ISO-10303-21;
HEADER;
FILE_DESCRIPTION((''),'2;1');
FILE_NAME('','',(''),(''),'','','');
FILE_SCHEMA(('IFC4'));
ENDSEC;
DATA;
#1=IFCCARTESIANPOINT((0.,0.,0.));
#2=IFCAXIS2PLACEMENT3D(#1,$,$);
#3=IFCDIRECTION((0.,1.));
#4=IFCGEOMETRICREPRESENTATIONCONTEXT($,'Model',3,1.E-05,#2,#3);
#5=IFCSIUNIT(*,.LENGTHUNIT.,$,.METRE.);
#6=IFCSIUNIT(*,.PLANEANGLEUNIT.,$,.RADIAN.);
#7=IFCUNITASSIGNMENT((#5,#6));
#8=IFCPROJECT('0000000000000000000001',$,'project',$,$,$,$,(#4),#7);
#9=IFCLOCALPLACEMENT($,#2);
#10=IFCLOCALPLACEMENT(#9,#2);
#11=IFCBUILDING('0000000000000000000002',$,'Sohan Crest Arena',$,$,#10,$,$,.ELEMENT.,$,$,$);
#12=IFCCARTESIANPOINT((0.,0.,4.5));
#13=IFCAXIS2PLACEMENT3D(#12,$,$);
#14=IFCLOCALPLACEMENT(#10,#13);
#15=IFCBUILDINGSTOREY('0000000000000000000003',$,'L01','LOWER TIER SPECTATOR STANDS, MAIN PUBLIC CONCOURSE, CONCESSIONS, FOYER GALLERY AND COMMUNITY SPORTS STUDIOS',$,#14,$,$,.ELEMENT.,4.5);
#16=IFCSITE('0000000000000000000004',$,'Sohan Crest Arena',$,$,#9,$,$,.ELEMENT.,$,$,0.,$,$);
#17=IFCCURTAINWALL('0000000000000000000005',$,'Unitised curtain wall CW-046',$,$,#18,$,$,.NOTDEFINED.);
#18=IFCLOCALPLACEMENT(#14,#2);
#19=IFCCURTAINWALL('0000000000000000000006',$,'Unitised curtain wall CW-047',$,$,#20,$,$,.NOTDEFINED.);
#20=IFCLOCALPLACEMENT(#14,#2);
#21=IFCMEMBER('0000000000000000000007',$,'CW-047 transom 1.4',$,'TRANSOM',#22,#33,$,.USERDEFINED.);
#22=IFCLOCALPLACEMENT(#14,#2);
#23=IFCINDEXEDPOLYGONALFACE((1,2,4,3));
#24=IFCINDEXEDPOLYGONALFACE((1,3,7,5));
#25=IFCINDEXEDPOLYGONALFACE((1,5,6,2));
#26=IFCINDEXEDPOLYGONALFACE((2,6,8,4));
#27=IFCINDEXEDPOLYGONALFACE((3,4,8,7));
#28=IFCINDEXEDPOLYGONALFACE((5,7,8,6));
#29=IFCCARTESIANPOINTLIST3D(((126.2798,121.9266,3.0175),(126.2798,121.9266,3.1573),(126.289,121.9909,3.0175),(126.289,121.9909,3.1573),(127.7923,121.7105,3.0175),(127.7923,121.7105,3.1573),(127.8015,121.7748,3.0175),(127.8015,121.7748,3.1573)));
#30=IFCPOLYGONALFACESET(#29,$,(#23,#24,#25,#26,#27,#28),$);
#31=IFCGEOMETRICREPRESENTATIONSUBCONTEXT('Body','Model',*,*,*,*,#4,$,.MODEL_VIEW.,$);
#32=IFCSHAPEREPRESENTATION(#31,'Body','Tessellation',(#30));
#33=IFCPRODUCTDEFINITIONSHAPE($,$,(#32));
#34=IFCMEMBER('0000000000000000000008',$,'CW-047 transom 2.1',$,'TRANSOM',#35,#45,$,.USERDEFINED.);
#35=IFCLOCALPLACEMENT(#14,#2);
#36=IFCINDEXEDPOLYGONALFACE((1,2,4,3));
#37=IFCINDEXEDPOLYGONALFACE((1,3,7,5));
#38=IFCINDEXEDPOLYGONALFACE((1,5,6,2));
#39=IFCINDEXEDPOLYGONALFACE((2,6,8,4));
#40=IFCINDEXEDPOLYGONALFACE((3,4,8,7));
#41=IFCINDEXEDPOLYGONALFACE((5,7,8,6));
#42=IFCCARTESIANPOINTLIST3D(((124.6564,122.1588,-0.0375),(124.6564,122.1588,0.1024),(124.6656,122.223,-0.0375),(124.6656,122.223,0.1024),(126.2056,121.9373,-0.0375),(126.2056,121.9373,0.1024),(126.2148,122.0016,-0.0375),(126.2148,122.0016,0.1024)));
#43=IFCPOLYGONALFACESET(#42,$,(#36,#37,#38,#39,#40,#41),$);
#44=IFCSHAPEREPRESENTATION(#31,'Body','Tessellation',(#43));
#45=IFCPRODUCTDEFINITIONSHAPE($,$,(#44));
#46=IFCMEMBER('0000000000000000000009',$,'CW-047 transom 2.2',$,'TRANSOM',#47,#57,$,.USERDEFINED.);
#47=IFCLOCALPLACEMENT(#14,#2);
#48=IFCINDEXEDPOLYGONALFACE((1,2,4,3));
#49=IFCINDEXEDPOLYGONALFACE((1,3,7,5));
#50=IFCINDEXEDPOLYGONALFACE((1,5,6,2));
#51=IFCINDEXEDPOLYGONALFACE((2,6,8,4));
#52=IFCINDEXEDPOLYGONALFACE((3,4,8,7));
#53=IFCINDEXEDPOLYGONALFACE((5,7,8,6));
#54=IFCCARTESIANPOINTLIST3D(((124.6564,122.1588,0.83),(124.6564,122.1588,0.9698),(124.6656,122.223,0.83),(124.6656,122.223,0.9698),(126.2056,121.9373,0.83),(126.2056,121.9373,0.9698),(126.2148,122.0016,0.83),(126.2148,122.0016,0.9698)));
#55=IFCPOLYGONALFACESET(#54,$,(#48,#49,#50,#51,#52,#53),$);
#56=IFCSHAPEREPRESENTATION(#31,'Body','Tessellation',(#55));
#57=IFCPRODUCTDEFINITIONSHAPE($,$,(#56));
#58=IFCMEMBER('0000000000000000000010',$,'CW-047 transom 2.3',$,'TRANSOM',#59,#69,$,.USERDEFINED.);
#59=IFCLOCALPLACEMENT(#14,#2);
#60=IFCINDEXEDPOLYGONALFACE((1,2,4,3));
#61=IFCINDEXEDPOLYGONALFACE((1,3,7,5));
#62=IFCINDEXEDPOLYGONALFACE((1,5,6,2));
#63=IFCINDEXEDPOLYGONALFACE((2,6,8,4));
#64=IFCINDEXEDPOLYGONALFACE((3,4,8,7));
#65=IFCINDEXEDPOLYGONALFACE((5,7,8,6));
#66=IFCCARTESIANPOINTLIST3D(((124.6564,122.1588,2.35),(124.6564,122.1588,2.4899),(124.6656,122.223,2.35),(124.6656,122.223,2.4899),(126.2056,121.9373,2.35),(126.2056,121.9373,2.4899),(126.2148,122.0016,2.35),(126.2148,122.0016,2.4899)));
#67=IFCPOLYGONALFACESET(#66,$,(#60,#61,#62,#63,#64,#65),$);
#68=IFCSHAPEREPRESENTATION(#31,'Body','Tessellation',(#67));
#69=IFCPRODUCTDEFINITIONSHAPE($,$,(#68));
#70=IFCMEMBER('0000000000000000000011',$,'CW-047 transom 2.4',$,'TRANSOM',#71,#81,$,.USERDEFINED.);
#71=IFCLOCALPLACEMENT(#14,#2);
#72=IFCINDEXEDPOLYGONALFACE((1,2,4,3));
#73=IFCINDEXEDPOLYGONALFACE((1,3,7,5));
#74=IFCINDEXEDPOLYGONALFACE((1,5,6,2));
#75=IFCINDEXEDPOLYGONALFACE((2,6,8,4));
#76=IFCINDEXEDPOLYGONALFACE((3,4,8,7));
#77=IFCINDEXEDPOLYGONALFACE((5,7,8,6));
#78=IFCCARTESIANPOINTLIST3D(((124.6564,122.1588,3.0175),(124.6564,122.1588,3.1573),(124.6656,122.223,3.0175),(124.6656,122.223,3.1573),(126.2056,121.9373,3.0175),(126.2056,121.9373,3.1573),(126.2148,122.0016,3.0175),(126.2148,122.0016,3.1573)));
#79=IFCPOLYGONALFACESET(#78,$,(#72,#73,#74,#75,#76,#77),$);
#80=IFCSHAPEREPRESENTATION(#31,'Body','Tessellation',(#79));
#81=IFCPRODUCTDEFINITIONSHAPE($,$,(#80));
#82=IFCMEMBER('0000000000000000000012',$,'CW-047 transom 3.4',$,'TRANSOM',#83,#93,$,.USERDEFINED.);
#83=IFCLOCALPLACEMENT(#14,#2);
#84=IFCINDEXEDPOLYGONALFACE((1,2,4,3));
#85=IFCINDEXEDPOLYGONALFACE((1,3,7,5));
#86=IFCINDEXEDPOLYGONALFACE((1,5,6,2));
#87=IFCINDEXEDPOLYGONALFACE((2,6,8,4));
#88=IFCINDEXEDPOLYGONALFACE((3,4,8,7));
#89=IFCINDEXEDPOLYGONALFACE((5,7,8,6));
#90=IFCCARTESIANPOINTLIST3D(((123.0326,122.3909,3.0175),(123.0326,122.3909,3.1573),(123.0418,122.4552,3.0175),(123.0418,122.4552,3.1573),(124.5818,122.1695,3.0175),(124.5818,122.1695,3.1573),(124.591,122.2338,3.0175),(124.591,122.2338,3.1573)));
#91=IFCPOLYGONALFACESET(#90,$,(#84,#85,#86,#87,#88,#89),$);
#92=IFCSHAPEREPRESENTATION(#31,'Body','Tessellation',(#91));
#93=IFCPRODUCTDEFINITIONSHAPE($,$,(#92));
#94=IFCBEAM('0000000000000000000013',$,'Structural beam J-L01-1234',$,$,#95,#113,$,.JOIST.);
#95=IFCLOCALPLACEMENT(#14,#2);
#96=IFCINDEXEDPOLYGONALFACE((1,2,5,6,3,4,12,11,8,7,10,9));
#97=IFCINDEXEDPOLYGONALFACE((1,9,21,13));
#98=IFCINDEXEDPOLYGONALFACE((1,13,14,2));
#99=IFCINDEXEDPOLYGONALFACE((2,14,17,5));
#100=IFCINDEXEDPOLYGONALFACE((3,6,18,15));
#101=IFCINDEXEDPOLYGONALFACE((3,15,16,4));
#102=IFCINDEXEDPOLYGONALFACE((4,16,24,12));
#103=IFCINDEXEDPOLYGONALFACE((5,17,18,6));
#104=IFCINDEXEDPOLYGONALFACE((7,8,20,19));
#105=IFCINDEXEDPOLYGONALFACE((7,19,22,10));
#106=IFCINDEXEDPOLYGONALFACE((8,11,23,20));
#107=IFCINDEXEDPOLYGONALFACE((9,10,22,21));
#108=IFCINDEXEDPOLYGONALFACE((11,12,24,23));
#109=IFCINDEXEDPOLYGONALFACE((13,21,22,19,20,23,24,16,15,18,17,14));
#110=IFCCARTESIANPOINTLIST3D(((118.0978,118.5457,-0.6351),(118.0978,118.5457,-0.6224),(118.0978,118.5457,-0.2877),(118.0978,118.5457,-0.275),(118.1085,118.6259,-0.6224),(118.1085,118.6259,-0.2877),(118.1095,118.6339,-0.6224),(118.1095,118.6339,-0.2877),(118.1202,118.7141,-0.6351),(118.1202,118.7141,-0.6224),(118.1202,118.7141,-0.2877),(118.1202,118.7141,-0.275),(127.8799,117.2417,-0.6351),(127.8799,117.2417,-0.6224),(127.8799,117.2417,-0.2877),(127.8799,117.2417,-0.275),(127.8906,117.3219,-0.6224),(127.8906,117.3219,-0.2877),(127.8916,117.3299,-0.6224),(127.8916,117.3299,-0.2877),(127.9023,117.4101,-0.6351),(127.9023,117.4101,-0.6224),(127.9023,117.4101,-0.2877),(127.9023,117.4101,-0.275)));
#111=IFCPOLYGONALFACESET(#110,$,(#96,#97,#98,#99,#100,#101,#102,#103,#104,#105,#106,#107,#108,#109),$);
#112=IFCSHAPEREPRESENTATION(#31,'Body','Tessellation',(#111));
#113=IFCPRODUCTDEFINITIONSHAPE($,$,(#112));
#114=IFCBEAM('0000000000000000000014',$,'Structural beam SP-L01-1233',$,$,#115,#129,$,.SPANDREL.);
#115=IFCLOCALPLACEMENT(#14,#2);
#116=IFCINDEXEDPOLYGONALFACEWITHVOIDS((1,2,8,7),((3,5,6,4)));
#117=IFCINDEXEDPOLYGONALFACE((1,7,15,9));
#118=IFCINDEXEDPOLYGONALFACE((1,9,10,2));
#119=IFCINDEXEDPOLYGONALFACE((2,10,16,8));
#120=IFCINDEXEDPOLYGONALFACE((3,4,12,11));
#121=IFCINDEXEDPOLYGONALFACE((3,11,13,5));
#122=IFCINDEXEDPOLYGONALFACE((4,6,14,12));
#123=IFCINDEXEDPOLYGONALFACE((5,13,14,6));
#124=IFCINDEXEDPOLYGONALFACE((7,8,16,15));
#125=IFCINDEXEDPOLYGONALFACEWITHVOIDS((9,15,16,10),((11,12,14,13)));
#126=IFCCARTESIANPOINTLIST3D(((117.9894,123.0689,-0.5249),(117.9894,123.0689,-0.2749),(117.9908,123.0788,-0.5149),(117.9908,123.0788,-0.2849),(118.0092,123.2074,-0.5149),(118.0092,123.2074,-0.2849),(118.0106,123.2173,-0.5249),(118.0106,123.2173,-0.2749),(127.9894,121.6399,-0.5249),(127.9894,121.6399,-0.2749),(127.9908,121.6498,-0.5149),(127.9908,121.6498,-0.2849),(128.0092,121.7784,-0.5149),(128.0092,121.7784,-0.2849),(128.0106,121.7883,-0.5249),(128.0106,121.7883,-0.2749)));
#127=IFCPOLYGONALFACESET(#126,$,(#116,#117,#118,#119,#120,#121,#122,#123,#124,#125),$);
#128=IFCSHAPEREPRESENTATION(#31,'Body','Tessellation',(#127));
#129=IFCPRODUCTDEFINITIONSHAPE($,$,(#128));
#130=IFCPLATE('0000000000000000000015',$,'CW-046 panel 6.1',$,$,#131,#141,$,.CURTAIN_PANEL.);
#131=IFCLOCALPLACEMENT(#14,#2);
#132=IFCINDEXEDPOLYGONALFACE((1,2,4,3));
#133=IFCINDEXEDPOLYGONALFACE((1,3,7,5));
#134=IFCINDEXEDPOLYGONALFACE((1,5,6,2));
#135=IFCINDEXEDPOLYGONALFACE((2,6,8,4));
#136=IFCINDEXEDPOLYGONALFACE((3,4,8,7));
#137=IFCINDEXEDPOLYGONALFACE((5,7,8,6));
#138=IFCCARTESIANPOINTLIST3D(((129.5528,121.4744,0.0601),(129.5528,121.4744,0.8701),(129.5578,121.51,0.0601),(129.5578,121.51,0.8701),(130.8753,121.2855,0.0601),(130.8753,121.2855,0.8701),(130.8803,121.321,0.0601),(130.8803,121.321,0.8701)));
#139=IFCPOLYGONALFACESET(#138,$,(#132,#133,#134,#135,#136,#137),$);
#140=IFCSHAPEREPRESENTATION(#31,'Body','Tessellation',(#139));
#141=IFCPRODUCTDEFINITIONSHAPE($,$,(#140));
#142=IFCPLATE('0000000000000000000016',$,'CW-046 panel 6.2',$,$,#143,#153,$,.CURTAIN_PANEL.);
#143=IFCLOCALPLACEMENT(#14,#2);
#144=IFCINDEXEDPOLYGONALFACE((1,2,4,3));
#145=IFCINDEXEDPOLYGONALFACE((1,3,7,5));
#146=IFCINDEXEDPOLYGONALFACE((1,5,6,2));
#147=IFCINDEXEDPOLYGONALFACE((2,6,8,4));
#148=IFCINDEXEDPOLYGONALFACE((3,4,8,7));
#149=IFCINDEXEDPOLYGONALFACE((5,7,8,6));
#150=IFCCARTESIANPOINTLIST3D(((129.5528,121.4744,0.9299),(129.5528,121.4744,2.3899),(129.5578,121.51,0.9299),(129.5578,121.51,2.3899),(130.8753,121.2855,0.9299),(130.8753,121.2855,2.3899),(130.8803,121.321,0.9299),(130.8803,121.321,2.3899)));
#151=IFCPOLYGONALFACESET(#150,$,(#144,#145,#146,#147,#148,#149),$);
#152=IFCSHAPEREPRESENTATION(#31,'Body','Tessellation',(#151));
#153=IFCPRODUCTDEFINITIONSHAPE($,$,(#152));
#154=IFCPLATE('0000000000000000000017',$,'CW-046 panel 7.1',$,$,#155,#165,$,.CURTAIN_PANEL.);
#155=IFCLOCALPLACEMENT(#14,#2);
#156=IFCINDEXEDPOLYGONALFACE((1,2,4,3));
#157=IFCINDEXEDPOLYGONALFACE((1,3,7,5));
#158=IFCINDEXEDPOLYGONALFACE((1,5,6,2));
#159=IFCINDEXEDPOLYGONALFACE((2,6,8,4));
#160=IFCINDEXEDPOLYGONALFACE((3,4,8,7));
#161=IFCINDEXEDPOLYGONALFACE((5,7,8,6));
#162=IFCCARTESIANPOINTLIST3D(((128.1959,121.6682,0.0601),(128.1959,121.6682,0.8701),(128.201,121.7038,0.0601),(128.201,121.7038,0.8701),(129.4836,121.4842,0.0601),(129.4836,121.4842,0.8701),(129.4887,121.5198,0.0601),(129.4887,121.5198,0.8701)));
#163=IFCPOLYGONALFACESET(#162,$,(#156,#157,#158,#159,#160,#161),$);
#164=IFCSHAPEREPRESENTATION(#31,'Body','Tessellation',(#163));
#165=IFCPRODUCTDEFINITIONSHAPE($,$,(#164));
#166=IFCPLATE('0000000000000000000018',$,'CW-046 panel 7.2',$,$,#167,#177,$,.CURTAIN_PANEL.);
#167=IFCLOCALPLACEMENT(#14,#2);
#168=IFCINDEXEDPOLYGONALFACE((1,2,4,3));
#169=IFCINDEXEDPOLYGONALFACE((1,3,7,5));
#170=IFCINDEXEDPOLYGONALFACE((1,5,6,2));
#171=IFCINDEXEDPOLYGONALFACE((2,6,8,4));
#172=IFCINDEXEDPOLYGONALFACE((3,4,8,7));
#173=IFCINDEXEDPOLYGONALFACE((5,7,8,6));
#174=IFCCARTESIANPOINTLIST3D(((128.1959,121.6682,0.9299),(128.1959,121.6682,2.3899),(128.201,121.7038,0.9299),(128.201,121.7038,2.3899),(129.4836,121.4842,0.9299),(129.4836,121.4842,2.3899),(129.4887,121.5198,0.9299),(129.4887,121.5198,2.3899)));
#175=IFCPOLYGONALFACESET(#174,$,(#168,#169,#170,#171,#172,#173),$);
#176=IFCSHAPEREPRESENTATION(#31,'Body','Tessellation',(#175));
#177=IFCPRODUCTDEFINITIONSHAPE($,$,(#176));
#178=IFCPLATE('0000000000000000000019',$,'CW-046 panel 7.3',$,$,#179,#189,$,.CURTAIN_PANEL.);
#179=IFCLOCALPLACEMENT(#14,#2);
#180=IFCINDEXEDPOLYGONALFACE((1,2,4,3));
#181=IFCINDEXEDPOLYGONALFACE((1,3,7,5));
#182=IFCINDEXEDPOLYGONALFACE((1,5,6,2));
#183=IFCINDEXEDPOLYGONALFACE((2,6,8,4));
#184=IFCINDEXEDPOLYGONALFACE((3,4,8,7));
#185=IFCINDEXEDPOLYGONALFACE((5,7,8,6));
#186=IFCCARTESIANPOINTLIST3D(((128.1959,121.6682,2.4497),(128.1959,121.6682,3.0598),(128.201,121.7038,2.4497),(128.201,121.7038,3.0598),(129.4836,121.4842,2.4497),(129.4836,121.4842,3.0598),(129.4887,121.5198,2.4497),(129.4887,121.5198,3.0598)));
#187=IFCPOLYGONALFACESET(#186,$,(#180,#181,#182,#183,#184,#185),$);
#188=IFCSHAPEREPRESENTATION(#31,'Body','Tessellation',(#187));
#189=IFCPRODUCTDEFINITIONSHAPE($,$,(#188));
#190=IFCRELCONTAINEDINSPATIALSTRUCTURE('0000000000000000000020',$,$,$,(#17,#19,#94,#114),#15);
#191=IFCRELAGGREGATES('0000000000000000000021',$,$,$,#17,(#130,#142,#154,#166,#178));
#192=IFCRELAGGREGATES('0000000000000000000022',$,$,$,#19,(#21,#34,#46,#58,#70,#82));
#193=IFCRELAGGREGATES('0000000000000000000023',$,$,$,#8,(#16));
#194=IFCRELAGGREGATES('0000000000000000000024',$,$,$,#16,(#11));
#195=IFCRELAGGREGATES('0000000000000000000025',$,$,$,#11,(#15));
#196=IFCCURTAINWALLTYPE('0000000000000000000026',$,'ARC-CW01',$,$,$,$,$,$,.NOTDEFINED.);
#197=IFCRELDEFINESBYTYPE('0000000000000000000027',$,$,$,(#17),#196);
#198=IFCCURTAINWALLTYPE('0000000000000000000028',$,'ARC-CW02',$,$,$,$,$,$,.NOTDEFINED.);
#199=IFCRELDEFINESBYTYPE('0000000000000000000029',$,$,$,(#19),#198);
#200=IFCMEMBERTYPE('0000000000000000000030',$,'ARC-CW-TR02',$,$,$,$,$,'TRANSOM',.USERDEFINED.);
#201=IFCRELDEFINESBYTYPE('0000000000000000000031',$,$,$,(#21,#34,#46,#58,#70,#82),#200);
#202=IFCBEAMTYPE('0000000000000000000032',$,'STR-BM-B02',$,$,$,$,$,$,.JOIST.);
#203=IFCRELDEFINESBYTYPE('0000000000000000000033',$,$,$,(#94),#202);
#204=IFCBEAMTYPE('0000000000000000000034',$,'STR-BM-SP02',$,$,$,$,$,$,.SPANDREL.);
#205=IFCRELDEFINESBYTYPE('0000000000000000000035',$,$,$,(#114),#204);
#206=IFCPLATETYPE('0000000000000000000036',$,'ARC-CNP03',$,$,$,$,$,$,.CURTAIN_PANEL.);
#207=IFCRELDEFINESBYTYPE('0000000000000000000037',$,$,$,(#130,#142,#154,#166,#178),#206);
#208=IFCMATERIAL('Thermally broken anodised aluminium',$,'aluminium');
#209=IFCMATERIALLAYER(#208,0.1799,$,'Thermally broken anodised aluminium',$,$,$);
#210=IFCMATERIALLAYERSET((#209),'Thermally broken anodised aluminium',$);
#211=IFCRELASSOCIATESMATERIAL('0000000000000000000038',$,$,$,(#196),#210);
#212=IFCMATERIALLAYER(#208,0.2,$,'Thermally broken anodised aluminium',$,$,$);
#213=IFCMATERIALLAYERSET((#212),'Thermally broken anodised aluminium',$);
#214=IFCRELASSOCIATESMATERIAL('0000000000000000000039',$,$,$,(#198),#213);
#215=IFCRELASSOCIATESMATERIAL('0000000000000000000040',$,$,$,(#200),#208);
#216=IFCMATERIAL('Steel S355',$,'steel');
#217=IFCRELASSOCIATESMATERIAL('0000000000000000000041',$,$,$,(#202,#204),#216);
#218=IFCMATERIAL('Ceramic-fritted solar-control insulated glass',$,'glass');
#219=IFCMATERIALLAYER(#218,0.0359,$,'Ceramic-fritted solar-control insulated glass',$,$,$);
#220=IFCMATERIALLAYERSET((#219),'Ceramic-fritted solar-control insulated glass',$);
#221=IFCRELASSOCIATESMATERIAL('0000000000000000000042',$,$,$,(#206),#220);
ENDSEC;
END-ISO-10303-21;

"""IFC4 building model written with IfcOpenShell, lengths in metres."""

from ifc_helpers import new_model, si_unit, direction, frame, origin, origin_2d, place, context, subcontext, project, spatial, rectangle, hollow_rectangle, i_section, extrude, material, layer, layer_set, material_profile, profile_set, type_object, element, aggregate, save


model = new_model("IFC4")

# Units and contexts
model_context = context("Model", 3, precision=1e-05, world=origin(), true_north=direction((0.0, 1.0)))
body_context = subcontext(model_context, "Body", "Model", "MODEL_VIEW")
ifc_project = project(units=[si_unit("LENGTHUNIT", "METRE"), si_unit("PLANEANGLEUNIT", "RADIAN")], contexts=[model_context])

# Site, building, storey
site_placement = place(None, origin())
site = spatial("IfcSite", under=ifc_project, at=site_placement, Name="Sohan Crest Arena", CompositionType="ELEMENT", RefElevation=0.0)
building_placement = place(site_placement, origin())
building = spatial("IfcBuilding", under=site, at=building_placement, Name="Sohan Crest Arena", CompositionType="ELEMENT")
storey_placement = place(building_placement, frame((0.0, 0.0, 4.5)))
storey = spatial("IfcBuildingStorey", under=building, at=storey_placement, Name="L01", Description="LOWER TIER SPECTATOR STANDS, MAIN PUBLIC CONCOURSE, CONCESSIONS, FOYER GALLERY AND COMMUNITY SPORTS STUDIOS", CompositionType="ELEMENT", Elevation=4.5)

# Shared definitions
ifc_material_1 = material(Name="Steel S355", Category="steel")

# Curtain walls
ifc_material_2 = material(Name="Thermally broken anodised aluminium", Category="aluminium")
ifc_layer_1 = layer(ifc_material_2, 0.1799, Name="Thermally broken anodised aluminium")
ifc_layer_set_1 = layer_set([ifc_layer_1], Name="Thermally broken anodised aluminium")
curtain_wall_type_1 = type_object("IfcCurtainWallType", Name="ARC-CW01", PredefinedType="NOTDEFINED", material=ifc_layer_set_1)
curtain_wall_1_placement = place(storey_placement, origin())
curtain_wall_1 = element("IfcCurtainWall", 1, at=curtain_wall_1_placement, inside=storey, type_object=curtain_wall_type_1, Name="Unitised curtain wall CW-046", PredefinedType="NOTDEFINED")
ifc_layer_2 = layer(ifc_material_2, 0.2, Name="Thermally broken anodised aluminium")
ifc_layer_set_2 = layer_set([ifc_layer_2], Name="Thermally broken anodised aluminium")
curtain_wall_type_2 = type_object("IfcCurtainWallType", Name="ARC-CW02", PredefinedType="NOTDEFINED", material=ifc_layer_set_2)
curtain_wall_2_placement = place(storey_placement, origin())
curtain_wall_2 = element("IfcCurtainWall", 2, at=curtain_wall_2_placement, inside=storey, type_object=curtain_wall_type_2, Name="Unitised curtain wall CW-047", PredefinedType="NOTDEFINED")

# Members
ifc_material_profile_1 = material_profile(ifc_material_2, rectangle(XDim=0.0649, YDim=0.1399, at=origin_2d()), Name="ALU-TRAN 65x140")
ifc_profile_set_1 = profile_set([ifc_material_profile_1], Name="Thermally broken anodised aluminium")
member_type_1 = type_object("IfcMemberType", Name="ARC-CW-TR02", ElementType="TRANSOM", PredefinedType="USERDEFINED", material=ifc_profile_set_1)
member_1_placement = place(storey_placement, frame((127.7969, 121.7427, 3.0874), z_axis=(-0.989949, 0.141421, 0.0), x_axis=(-0.141421, -0.989949, 0.0)))
member_1 = element("IfcMember", 3, at=member_1_placement, type_object=member_type_1, Name="CW-047 transom 1.4", ObjectType="TRANSOM", PredefinedType="USERDEFINED", context=body_context, shape_type="SweptSolid", body=[
    extrude(rectangle(XDim=0.0649, YDim=0.1399, at=origin_2d()), origin(), (0.0, 0.0, 1.0), 1.5278),
])
member_2_placement = place(storey_placement, frame((126.2102, 121.9695, 0.0325), z_axis=(-0.98994, 0.141487, 0.0), x_axis=(-0.141487, -0.98994, 0.0)))
member_2 = element("IfcMember", 4, at=member_2_placement, type_object=member_type_1, Name="CW-047 transom 2.1", ObjectType="TRANSOM", PredefinedType="USERDEFINED", context=body_context, shape_type="SweptSolid", body=[
    extrude(rectangle(XDim=0.0649, YDim=0.1399, at=origin_2d()), origin(), (0.0, 0.0, 1.0), 1.5649),
])
member_3_placement = place(storey_placement, frame((126.2102, 121.9695, 0.8999), z_axis=(-0.98994, 0.141487, 0.0), x_axis=(-0.141487, -0.98994, 0.0)))
member_3 = element("IfcMember", 5, at=member_3_placement, type_object=member_type_1, Name="CW-047 transom 2.2", ObjectType="TRANSOM", PredefinedType="USERDEFINED", context=body_context, shape_type="SweptSolid", body=[
    extrude(rectangle(XDim=0.0649, YDim=0.1399, at=origin_2d()), origin(), (0.0, 0.0, 1.0), 1.5649),
])
member_4_placement = place(storey_placement, frame((126.2102, 121.9695, 2.4199), z_axis=(-0.98994, 0.141487, 0.0), x_axis=(-0.141487, -0.98994, 0.0)))
member_4 = element("IfcMember", 6, at=member_4_placement, type_object=member_type_1, Name="CW-047 transom 2.3", ObjectType="TRANSOM", PredefinedType="USERDEFINED", context=body_context, shape_type="SweptSolid", body=[
    extrude(rectangle(XDim=0.0649, YDim=0.1399, at=origin_2d()), origin(), (0.0, 0.0, 1.0), 1.5649),
])
member_5_placement = place(storey_placement, frame((126.2102, 121.9695, 3.0874), z_axis=(-0.98994, 0.141487, 0.0), x_axis=(-0.141487, -0.98994, 0.0)))
member_5 = element("IfcMember", 7, at=member_5_placement, type_object=member_type_1, Name="CW-047 transom 2.4", ObjectType="TRANSOM", PredefinedType="USERDEFINED", context=body_context, shape_type="SweptSolid", body=[
    extrude(rectangle(XDim=0.0649, YDim=0.1399, at=origin_2d()), origin(), (0.0, 0.0, 1.0), 1.5649),
])
member_6_placement = place(storey_placement, frame((124.5864, 122.2017, 3.0874), z_axis=(-0.98994, 0.141487, 0.0), x_axis=(-0.141487, -0.98994, 0.0)))
member_6 = element("IfcMember", 8, at=member_6_placement, type_object=member_type_1, Name="CW-047 transom 3.4", ObjectType="TRANSOM", PredefinedType="USERDEFINED", context=body_context, shape_type="SweptSolid", body=[
    extrude(rectangle(XDim=0.0649, YDim=0.1399, at=origin_2d()), origin(), (0.0, 0.0, 1.0), 1.5649),
])

# Beams
ifc_material_profile_2 = material_profile(ifc_material_1, i_section(OverallWidth=0.1699, OverallDepth=0.3601, WebThickness=0.0081, FlangeThickness=0.0127, at=origin_2d()), Name="IPE 360")
ifc_profile_set_2 = profile_set([ifc_material_profile_2], Name="Steel S355")
beam_type_1 = type_object("IfcBeamType", Name="STR-BM-B02", PredefinedType="JOIST", material=ifc_profile_set_2)
beam_1_placement = place(storey_placement, frame((127.8911, 117.3259, -0.4551), z_axis=(-0.991232, 0.13213, 0.0), x_axis=(-0.13213, -0.991232, 0.0)))
element("IfcBeam", 9, at=beam_1_placement, inside=storey, type_object=beam_type_1, Name="Structural beam J-L01-1234", PredefinedType="JOIST", context=body_context, shape_type="SweptSolid", body=[
    extrude(i_section(OverallWidth=0.1699, OverallDepth=0.3601, WebThickness=0.0081, FlangeThickness=0.0127, at=origin_2d()), origin(), (0.0, 0.0, 1.0), 9.8687),
])
ifc_material_profile_3 = material_profile(ifc_material_1, hollow_rectangle(XDim=0.1499, YDim=0.25, WallThickness=0.01, at=origin_2d()), Name="RHS 250x150x10")
ifc_profile_set_3 = profile_set([ifc_material_profile_3], Name="Steel S355")
beam_type_2 = type_object("IfcBeamType", Name="STR-BM-SP02", PredefinedType="SPANDREL", material=ifc_profile_set_3)
beam_2_placement = place(storey_placement, frame((128.0, 121.7141, -0.3999), z_axis=(-0.989944, 0.141459, 0.0), x_axis=(-0.141459, -0.989944, 0.0)))
element("IfcBeam", 10, at=beam_2_placement, inside=storey, type_object=beam_type_2, Name="Structural beam SP-L01-1233", PredefinedType="SPANDREL", context=body_context, shape_type="SweptSolid", body=[
    extrude(hollow_rectangle(XDim=0.1499, YDim=0.25, WallThickness=0.01, at=origin_2d()), origin(), (0.0, 0.0, 1.0), 10.1016),
])

# Plates
ifc_material_3 = material(Name="Ceramic-fritted solar-control insulated glass", Category="glass")
ifc_layer_3 = layer(ifc_material_3, 0.0359, Name="Ceramic-fritted solar-control insulated glass")
ifc_layer_set_3 = layer_set([ifc_layer_3], Name="Ceramic-fritted solar-control insulated glass")
plate_type_1 = type_object("IfcPlateType", Name="ARC-CNP03", PredefinedType="CURTAIN_PANEL", material=ifc_layer_set_3)
plate_1_placement = place(storey_placement, frame((130.2166, 121.3977, 0.0601), z_axis=(0.0, 0.0, 1.0), x_axis=(-0.989945, 0.14145, 0.0)))
plate_1 = element("IfcPlate", 11, at=plate_1_placement, type_object=plate_type_1, Name="CW-046 panel 6.1", PredefinedType="CURTAIN_PANEL", context=body_context, shape_type="SweptSolid", body=[
    extrude(rectangle(XDim=1.3359, YDim=0.0359, at=origin_2d()), origin(), (0.0, 0.0, 1.0), 0.8101),
])
plate_2_placement = place(storey_placement, frame((130.2166, 121.3977, 0.9299), z_axis=(0.0, 0.0, 1.0), x_axis=(-0.989945, 0.14145, 0.0)))
plate_2 = element("IfcPlate", 12, at=plate_2_placement, type_object=plate_type_1, Name="CW-046 panel 6.2", PredefinedType="CURTAIN_PANEL", context=body_context, shape_type="SweptSolid", body=[
    extrude(rectangle(XDim=1.3359, YDim=0.0359, at=origin_2d()), origin(), (0.0, 0.0, 1.0), 1.46),
])
plate_3_placement = place(storey_placement, frame((128.8423, 121.594, 0.0601), z_axis=(0.0, 0.0, 1.0), x_axis=(-0.989945, 0.14145, 0.0)))
plate_3 = element("IfcPlate", 13, at=plate_3_placement, type_object=plate_type_1, Name="CW-046 panel 7.1", PredefinedType="CURTAIN_PANEL", context=body_context, shape_type="SweptSolid", body=[
    extrude(rectangle(XDim=1.3008, YDim=0.0359, at=origin_2d()), origin(), (0.0, 0.0, 1.0), 0.8101),
])
plate_4_placement = place(storey_placement, frame((128.8423, 121.594, 0.9299), z_axis=(0.0, 0.0, 1.0), x_axis=(-0.989945, 0.14145, 0.0)))
plate_4 = element("IfcPlate", 14, at=plate_4_placement, type_object=plate_type_1, Name="CW-046 panel 7.2", PredefinedType="CURTAIN_PANEL", context=body_context, shape_type="SweptSolid", body=[
    extrude(rectangle(XDim=1.3008, YDim=0.0359, at=origin_2d()), origin(), (0.0, 0.0, 1.0), 1.46),
])
plate_5_placement = place(storey_placement, frame((128.8423, 121.594, 2.4497), z_axis=(0.0, 0.0, 1.0), x_axis=(-0.989945, 0.14145, 0.0)))
plate_5 = element("IfcPlate", 15, at=plate_5_placement, type_object=plate_type_1, Name="CW-046 panel 7.3", PredefinedType="CURTAIN_PANEL", context=body_context, shape_type="SweptSolid", body=[
    extrude(rectangle(XDim=1.3008, YDim=0.0359, at=origin_2d()), origin(), (0.0, 0.0, 1.0), 0.6101),
])
aggregate(curtain_wall_1, [plate_1, plate_2, plate_3, plate_4, plate_5])
aggregate(curtain_wall_2, [member_1, member_2, member_3, member_4, member_5, member_6])

save(model, "model.ifc")
